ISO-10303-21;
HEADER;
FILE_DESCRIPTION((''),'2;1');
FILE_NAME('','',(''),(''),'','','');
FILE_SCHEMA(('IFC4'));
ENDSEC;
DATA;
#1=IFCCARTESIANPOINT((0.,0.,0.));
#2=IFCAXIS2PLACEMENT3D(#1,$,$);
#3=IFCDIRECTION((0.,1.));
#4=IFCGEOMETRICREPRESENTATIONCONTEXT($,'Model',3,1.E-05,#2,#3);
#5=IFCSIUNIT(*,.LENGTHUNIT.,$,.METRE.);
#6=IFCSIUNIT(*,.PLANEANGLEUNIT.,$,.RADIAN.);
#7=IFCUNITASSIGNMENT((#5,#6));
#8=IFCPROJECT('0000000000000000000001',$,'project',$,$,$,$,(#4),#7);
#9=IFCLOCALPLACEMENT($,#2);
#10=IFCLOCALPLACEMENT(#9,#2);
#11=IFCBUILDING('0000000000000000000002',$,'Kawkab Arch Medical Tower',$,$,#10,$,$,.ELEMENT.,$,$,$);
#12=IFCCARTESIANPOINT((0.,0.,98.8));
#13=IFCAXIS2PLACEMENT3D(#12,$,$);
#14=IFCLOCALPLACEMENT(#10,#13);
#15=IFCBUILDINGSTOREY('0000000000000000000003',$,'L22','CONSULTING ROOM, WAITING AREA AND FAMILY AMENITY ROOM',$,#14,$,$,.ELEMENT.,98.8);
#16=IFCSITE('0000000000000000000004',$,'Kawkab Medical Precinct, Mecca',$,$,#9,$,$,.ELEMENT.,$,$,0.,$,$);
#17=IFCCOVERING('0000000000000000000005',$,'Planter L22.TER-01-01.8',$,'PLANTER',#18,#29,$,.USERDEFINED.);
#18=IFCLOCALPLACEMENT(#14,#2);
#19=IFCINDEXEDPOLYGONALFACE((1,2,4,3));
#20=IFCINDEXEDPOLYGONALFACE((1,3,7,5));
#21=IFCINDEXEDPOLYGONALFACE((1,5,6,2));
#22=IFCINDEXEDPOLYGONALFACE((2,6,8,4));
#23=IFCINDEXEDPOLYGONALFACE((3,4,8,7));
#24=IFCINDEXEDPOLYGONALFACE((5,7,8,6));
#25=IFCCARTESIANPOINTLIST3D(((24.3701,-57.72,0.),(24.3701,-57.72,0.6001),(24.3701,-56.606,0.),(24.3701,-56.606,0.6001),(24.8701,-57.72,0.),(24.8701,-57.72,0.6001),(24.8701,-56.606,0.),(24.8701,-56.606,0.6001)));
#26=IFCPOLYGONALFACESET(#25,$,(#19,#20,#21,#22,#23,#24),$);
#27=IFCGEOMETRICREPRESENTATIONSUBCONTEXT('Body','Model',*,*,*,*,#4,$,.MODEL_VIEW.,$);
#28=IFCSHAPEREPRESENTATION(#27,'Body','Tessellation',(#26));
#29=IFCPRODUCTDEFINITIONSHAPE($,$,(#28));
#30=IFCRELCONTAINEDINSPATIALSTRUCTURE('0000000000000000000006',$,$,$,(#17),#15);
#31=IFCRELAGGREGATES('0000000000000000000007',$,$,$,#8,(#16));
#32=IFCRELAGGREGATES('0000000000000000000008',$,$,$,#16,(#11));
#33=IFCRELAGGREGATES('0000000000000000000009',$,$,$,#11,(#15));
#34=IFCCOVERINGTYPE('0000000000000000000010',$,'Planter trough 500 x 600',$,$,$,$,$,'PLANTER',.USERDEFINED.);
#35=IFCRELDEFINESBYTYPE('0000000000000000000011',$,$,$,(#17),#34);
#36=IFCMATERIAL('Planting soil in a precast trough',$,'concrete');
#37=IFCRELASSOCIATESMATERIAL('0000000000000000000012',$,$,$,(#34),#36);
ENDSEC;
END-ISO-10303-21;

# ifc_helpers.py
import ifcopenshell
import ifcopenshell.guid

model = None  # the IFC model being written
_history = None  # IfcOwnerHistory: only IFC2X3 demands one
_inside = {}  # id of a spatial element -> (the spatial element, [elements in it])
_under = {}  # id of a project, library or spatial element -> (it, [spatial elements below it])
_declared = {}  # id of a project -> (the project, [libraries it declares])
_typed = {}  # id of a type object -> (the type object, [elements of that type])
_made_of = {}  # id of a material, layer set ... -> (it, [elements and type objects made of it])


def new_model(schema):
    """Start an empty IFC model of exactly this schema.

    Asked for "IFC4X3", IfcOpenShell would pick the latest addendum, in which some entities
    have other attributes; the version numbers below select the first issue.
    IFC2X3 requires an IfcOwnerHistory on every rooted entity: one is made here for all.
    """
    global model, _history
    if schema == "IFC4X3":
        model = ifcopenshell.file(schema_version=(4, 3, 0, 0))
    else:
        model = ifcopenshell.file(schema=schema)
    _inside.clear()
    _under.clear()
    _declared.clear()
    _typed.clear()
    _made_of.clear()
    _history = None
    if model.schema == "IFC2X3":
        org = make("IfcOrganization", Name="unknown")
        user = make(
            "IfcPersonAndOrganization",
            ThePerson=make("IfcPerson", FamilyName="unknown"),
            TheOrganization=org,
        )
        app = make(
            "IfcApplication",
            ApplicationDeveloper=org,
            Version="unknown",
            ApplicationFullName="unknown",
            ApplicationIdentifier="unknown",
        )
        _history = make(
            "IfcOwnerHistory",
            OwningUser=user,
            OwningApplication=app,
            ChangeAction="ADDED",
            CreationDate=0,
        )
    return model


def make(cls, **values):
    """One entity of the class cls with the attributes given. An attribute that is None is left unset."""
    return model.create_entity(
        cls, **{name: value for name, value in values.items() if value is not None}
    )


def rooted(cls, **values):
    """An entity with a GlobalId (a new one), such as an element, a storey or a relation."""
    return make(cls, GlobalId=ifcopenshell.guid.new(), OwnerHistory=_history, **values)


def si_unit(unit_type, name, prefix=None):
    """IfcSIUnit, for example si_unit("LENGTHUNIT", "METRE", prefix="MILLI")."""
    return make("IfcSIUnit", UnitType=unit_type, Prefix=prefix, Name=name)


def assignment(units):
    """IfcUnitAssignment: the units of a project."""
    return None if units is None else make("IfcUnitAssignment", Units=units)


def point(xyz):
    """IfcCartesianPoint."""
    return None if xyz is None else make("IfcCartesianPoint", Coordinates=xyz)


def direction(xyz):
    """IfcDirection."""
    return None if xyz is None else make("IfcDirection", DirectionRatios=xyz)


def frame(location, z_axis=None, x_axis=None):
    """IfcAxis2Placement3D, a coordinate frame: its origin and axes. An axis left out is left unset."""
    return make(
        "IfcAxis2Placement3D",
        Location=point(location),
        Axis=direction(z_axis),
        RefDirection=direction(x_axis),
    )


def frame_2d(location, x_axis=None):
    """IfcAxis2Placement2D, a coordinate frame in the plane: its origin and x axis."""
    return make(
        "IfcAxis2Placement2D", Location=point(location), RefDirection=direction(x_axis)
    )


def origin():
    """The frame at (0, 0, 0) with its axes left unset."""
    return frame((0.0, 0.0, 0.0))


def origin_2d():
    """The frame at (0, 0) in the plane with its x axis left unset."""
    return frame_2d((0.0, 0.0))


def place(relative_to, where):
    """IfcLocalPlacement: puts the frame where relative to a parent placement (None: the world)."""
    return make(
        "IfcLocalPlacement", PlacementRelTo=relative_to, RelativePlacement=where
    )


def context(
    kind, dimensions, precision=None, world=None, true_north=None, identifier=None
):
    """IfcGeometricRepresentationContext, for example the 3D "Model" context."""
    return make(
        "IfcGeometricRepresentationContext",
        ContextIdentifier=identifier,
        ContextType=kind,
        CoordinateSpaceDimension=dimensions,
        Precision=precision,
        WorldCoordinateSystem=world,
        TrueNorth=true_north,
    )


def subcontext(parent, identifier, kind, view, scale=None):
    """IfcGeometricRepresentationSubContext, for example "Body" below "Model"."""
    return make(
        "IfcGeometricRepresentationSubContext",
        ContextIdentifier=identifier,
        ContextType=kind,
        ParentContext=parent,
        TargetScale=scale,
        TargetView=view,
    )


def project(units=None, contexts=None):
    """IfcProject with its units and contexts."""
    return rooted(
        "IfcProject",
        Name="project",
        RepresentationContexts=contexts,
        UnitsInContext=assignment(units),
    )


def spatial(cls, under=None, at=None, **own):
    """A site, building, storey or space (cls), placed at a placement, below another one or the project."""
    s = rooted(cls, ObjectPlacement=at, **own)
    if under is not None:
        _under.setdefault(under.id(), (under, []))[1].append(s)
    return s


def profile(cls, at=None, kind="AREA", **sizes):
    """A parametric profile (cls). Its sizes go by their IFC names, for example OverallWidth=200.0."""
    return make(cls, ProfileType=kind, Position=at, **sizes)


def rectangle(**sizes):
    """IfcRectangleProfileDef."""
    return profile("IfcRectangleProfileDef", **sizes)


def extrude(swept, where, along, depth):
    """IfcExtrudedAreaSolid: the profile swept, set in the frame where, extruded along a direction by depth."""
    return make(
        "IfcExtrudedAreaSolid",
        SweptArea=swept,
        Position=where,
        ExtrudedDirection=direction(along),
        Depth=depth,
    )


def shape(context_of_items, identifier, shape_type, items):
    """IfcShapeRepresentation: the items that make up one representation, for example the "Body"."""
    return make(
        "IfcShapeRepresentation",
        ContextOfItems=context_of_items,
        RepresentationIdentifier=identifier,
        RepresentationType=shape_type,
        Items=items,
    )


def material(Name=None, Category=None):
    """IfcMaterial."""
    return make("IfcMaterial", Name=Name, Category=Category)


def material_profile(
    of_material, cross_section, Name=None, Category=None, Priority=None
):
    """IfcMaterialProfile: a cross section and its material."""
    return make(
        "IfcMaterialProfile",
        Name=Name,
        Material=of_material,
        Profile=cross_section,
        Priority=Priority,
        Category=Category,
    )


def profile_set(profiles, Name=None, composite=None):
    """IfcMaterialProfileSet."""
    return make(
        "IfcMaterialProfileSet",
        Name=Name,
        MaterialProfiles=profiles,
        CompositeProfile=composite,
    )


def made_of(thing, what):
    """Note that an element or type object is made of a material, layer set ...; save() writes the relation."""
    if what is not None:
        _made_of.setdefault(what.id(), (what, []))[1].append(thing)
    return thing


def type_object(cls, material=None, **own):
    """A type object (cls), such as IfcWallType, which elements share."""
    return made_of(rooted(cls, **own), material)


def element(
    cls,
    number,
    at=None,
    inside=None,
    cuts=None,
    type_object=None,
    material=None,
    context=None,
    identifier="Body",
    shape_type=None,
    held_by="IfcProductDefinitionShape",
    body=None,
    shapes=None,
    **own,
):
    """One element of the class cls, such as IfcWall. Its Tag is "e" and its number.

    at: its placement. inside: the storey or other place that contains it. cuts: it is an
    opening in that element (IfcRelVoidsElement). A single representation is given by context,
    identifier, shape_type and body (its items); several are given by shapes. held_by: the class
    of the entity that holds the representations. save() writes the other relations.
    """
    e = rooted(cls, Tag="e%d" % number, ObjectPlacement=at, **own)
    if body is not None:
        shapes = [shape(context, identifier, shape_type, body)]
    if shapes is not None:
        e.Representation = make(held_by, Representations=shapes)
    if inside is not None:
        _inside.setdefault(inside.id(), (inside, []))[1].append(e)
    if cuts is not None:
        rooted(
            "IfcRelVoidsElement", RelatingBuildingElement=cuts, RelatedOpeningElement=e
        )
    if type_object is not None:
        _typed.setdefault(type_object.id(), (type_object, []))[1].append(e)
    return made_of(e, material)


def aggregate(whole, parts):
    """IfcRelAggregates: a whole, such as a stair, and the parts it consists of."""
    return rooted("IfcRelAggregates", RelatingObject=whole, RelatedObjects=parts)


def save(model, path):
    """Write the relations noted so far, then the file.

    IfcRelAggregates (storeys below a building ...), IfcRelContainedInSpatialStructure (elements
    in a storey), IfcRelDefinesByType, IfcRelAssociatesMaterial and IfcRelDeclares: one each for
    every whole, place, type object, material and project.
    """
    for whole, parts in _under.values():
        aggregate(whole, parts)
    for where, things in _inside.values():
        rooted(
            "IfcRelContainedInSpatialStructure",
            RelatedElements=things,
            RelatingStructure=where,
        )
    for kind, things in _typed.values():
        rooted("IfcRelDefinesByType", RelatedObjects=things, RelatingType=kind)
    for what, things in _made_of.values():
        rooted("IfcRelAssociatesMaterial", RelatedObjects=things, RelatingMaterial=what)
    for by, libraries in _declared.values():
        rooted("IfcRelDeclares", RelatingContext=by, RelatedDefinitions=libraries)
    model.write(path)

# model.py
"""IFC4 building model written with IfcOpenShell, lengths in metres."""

from ifc_helpers import new_model, si_unit, direction, frame, origin, origin_2d, place, context, subcontext, project, spatial, rectangle, extrude, material, material_profile, profile_set, type_object, element, save


model = new_model("IFC4")

# Units and contexts
model_context = context("Model", 3, precision=1e-05, world=origin(), true_north=direction((0.0, 1.0)))
body_context = subcontext(model_context, "Body", "Model", "MODEL_VIEW")
ifc_project = project(units=[si_unit("LENGTHUNIT", "METRE"), si_unit("PLANEANGLEUNIT", "RADIAN")], contexts=[model_context])

# Site, building, storey
site_placement = place(None, origin())
site = spatial("IfcSite", under=ifc_project, at=site_placement, Name="Kawkab Medical Precinct, Mecca", CompositionType="ELEMENT", RefElevation=0.0)
building_placement = place(site_placement, origin())
building = spatial("IfcBuilding", under=site, at=building_placement, Name="Kawkab Arch Medical Tower", CompositionType="ELEMENT")
storey_placement = place(building_placement, frame((0.0, 0.0, 98.8)))
storey = spatial("IfcBuildingStorey", under=building, at=storey_placement, Name="L22", Description="CONSULTING ROOM, WAITING AREA AND FAMILY AMENITY ROOM", CompositionType="ELEMENT", Elevation=98.8)

# Covering
ifc_material_1 = material(Name="Planting soil in a precast trough", Category="concrete")
ifc_material_profile_1 = material_profile(ifc_material_1, rectangle(XDim=0.5, YDim=0.6001, at=origin_2d()), Name="Trough 500x600")
ifc_profile_set_1 = profile_set([ifc_material_profile_1], Name="Planting soil in a precast trough")
covering_type_1 = type_object("IfcCoveringType", Name="Planter trough 500 x 600", ElementType="PLANTER", PredefinedType="USERDEFINED", material=ifc_profile_set_1)
covering_1_placement = place(storey_placement, frame((24.6201, -57.72, 0.3), z_axis=(0.0, 1.0, 0.0), x_axis=(-1.0, 0.0, 0.0)))
element("IfcCovering", 1, at=covering_1_placement, inside=storey, type_object=covering_type_1, Name="Planter L22.TER-01-01.8", ObjectType="PLANTER", PredefinedType="USERDEFINED", context=body_context, shape_type="SweptSolid", body=[
    extrude(rectangle(XDim=0.5, YDim=0.6001, at=origin_2d()), origin(), (0.0, 0.0, 1.0), 1.114),
])

save(model, "model.ifc")
